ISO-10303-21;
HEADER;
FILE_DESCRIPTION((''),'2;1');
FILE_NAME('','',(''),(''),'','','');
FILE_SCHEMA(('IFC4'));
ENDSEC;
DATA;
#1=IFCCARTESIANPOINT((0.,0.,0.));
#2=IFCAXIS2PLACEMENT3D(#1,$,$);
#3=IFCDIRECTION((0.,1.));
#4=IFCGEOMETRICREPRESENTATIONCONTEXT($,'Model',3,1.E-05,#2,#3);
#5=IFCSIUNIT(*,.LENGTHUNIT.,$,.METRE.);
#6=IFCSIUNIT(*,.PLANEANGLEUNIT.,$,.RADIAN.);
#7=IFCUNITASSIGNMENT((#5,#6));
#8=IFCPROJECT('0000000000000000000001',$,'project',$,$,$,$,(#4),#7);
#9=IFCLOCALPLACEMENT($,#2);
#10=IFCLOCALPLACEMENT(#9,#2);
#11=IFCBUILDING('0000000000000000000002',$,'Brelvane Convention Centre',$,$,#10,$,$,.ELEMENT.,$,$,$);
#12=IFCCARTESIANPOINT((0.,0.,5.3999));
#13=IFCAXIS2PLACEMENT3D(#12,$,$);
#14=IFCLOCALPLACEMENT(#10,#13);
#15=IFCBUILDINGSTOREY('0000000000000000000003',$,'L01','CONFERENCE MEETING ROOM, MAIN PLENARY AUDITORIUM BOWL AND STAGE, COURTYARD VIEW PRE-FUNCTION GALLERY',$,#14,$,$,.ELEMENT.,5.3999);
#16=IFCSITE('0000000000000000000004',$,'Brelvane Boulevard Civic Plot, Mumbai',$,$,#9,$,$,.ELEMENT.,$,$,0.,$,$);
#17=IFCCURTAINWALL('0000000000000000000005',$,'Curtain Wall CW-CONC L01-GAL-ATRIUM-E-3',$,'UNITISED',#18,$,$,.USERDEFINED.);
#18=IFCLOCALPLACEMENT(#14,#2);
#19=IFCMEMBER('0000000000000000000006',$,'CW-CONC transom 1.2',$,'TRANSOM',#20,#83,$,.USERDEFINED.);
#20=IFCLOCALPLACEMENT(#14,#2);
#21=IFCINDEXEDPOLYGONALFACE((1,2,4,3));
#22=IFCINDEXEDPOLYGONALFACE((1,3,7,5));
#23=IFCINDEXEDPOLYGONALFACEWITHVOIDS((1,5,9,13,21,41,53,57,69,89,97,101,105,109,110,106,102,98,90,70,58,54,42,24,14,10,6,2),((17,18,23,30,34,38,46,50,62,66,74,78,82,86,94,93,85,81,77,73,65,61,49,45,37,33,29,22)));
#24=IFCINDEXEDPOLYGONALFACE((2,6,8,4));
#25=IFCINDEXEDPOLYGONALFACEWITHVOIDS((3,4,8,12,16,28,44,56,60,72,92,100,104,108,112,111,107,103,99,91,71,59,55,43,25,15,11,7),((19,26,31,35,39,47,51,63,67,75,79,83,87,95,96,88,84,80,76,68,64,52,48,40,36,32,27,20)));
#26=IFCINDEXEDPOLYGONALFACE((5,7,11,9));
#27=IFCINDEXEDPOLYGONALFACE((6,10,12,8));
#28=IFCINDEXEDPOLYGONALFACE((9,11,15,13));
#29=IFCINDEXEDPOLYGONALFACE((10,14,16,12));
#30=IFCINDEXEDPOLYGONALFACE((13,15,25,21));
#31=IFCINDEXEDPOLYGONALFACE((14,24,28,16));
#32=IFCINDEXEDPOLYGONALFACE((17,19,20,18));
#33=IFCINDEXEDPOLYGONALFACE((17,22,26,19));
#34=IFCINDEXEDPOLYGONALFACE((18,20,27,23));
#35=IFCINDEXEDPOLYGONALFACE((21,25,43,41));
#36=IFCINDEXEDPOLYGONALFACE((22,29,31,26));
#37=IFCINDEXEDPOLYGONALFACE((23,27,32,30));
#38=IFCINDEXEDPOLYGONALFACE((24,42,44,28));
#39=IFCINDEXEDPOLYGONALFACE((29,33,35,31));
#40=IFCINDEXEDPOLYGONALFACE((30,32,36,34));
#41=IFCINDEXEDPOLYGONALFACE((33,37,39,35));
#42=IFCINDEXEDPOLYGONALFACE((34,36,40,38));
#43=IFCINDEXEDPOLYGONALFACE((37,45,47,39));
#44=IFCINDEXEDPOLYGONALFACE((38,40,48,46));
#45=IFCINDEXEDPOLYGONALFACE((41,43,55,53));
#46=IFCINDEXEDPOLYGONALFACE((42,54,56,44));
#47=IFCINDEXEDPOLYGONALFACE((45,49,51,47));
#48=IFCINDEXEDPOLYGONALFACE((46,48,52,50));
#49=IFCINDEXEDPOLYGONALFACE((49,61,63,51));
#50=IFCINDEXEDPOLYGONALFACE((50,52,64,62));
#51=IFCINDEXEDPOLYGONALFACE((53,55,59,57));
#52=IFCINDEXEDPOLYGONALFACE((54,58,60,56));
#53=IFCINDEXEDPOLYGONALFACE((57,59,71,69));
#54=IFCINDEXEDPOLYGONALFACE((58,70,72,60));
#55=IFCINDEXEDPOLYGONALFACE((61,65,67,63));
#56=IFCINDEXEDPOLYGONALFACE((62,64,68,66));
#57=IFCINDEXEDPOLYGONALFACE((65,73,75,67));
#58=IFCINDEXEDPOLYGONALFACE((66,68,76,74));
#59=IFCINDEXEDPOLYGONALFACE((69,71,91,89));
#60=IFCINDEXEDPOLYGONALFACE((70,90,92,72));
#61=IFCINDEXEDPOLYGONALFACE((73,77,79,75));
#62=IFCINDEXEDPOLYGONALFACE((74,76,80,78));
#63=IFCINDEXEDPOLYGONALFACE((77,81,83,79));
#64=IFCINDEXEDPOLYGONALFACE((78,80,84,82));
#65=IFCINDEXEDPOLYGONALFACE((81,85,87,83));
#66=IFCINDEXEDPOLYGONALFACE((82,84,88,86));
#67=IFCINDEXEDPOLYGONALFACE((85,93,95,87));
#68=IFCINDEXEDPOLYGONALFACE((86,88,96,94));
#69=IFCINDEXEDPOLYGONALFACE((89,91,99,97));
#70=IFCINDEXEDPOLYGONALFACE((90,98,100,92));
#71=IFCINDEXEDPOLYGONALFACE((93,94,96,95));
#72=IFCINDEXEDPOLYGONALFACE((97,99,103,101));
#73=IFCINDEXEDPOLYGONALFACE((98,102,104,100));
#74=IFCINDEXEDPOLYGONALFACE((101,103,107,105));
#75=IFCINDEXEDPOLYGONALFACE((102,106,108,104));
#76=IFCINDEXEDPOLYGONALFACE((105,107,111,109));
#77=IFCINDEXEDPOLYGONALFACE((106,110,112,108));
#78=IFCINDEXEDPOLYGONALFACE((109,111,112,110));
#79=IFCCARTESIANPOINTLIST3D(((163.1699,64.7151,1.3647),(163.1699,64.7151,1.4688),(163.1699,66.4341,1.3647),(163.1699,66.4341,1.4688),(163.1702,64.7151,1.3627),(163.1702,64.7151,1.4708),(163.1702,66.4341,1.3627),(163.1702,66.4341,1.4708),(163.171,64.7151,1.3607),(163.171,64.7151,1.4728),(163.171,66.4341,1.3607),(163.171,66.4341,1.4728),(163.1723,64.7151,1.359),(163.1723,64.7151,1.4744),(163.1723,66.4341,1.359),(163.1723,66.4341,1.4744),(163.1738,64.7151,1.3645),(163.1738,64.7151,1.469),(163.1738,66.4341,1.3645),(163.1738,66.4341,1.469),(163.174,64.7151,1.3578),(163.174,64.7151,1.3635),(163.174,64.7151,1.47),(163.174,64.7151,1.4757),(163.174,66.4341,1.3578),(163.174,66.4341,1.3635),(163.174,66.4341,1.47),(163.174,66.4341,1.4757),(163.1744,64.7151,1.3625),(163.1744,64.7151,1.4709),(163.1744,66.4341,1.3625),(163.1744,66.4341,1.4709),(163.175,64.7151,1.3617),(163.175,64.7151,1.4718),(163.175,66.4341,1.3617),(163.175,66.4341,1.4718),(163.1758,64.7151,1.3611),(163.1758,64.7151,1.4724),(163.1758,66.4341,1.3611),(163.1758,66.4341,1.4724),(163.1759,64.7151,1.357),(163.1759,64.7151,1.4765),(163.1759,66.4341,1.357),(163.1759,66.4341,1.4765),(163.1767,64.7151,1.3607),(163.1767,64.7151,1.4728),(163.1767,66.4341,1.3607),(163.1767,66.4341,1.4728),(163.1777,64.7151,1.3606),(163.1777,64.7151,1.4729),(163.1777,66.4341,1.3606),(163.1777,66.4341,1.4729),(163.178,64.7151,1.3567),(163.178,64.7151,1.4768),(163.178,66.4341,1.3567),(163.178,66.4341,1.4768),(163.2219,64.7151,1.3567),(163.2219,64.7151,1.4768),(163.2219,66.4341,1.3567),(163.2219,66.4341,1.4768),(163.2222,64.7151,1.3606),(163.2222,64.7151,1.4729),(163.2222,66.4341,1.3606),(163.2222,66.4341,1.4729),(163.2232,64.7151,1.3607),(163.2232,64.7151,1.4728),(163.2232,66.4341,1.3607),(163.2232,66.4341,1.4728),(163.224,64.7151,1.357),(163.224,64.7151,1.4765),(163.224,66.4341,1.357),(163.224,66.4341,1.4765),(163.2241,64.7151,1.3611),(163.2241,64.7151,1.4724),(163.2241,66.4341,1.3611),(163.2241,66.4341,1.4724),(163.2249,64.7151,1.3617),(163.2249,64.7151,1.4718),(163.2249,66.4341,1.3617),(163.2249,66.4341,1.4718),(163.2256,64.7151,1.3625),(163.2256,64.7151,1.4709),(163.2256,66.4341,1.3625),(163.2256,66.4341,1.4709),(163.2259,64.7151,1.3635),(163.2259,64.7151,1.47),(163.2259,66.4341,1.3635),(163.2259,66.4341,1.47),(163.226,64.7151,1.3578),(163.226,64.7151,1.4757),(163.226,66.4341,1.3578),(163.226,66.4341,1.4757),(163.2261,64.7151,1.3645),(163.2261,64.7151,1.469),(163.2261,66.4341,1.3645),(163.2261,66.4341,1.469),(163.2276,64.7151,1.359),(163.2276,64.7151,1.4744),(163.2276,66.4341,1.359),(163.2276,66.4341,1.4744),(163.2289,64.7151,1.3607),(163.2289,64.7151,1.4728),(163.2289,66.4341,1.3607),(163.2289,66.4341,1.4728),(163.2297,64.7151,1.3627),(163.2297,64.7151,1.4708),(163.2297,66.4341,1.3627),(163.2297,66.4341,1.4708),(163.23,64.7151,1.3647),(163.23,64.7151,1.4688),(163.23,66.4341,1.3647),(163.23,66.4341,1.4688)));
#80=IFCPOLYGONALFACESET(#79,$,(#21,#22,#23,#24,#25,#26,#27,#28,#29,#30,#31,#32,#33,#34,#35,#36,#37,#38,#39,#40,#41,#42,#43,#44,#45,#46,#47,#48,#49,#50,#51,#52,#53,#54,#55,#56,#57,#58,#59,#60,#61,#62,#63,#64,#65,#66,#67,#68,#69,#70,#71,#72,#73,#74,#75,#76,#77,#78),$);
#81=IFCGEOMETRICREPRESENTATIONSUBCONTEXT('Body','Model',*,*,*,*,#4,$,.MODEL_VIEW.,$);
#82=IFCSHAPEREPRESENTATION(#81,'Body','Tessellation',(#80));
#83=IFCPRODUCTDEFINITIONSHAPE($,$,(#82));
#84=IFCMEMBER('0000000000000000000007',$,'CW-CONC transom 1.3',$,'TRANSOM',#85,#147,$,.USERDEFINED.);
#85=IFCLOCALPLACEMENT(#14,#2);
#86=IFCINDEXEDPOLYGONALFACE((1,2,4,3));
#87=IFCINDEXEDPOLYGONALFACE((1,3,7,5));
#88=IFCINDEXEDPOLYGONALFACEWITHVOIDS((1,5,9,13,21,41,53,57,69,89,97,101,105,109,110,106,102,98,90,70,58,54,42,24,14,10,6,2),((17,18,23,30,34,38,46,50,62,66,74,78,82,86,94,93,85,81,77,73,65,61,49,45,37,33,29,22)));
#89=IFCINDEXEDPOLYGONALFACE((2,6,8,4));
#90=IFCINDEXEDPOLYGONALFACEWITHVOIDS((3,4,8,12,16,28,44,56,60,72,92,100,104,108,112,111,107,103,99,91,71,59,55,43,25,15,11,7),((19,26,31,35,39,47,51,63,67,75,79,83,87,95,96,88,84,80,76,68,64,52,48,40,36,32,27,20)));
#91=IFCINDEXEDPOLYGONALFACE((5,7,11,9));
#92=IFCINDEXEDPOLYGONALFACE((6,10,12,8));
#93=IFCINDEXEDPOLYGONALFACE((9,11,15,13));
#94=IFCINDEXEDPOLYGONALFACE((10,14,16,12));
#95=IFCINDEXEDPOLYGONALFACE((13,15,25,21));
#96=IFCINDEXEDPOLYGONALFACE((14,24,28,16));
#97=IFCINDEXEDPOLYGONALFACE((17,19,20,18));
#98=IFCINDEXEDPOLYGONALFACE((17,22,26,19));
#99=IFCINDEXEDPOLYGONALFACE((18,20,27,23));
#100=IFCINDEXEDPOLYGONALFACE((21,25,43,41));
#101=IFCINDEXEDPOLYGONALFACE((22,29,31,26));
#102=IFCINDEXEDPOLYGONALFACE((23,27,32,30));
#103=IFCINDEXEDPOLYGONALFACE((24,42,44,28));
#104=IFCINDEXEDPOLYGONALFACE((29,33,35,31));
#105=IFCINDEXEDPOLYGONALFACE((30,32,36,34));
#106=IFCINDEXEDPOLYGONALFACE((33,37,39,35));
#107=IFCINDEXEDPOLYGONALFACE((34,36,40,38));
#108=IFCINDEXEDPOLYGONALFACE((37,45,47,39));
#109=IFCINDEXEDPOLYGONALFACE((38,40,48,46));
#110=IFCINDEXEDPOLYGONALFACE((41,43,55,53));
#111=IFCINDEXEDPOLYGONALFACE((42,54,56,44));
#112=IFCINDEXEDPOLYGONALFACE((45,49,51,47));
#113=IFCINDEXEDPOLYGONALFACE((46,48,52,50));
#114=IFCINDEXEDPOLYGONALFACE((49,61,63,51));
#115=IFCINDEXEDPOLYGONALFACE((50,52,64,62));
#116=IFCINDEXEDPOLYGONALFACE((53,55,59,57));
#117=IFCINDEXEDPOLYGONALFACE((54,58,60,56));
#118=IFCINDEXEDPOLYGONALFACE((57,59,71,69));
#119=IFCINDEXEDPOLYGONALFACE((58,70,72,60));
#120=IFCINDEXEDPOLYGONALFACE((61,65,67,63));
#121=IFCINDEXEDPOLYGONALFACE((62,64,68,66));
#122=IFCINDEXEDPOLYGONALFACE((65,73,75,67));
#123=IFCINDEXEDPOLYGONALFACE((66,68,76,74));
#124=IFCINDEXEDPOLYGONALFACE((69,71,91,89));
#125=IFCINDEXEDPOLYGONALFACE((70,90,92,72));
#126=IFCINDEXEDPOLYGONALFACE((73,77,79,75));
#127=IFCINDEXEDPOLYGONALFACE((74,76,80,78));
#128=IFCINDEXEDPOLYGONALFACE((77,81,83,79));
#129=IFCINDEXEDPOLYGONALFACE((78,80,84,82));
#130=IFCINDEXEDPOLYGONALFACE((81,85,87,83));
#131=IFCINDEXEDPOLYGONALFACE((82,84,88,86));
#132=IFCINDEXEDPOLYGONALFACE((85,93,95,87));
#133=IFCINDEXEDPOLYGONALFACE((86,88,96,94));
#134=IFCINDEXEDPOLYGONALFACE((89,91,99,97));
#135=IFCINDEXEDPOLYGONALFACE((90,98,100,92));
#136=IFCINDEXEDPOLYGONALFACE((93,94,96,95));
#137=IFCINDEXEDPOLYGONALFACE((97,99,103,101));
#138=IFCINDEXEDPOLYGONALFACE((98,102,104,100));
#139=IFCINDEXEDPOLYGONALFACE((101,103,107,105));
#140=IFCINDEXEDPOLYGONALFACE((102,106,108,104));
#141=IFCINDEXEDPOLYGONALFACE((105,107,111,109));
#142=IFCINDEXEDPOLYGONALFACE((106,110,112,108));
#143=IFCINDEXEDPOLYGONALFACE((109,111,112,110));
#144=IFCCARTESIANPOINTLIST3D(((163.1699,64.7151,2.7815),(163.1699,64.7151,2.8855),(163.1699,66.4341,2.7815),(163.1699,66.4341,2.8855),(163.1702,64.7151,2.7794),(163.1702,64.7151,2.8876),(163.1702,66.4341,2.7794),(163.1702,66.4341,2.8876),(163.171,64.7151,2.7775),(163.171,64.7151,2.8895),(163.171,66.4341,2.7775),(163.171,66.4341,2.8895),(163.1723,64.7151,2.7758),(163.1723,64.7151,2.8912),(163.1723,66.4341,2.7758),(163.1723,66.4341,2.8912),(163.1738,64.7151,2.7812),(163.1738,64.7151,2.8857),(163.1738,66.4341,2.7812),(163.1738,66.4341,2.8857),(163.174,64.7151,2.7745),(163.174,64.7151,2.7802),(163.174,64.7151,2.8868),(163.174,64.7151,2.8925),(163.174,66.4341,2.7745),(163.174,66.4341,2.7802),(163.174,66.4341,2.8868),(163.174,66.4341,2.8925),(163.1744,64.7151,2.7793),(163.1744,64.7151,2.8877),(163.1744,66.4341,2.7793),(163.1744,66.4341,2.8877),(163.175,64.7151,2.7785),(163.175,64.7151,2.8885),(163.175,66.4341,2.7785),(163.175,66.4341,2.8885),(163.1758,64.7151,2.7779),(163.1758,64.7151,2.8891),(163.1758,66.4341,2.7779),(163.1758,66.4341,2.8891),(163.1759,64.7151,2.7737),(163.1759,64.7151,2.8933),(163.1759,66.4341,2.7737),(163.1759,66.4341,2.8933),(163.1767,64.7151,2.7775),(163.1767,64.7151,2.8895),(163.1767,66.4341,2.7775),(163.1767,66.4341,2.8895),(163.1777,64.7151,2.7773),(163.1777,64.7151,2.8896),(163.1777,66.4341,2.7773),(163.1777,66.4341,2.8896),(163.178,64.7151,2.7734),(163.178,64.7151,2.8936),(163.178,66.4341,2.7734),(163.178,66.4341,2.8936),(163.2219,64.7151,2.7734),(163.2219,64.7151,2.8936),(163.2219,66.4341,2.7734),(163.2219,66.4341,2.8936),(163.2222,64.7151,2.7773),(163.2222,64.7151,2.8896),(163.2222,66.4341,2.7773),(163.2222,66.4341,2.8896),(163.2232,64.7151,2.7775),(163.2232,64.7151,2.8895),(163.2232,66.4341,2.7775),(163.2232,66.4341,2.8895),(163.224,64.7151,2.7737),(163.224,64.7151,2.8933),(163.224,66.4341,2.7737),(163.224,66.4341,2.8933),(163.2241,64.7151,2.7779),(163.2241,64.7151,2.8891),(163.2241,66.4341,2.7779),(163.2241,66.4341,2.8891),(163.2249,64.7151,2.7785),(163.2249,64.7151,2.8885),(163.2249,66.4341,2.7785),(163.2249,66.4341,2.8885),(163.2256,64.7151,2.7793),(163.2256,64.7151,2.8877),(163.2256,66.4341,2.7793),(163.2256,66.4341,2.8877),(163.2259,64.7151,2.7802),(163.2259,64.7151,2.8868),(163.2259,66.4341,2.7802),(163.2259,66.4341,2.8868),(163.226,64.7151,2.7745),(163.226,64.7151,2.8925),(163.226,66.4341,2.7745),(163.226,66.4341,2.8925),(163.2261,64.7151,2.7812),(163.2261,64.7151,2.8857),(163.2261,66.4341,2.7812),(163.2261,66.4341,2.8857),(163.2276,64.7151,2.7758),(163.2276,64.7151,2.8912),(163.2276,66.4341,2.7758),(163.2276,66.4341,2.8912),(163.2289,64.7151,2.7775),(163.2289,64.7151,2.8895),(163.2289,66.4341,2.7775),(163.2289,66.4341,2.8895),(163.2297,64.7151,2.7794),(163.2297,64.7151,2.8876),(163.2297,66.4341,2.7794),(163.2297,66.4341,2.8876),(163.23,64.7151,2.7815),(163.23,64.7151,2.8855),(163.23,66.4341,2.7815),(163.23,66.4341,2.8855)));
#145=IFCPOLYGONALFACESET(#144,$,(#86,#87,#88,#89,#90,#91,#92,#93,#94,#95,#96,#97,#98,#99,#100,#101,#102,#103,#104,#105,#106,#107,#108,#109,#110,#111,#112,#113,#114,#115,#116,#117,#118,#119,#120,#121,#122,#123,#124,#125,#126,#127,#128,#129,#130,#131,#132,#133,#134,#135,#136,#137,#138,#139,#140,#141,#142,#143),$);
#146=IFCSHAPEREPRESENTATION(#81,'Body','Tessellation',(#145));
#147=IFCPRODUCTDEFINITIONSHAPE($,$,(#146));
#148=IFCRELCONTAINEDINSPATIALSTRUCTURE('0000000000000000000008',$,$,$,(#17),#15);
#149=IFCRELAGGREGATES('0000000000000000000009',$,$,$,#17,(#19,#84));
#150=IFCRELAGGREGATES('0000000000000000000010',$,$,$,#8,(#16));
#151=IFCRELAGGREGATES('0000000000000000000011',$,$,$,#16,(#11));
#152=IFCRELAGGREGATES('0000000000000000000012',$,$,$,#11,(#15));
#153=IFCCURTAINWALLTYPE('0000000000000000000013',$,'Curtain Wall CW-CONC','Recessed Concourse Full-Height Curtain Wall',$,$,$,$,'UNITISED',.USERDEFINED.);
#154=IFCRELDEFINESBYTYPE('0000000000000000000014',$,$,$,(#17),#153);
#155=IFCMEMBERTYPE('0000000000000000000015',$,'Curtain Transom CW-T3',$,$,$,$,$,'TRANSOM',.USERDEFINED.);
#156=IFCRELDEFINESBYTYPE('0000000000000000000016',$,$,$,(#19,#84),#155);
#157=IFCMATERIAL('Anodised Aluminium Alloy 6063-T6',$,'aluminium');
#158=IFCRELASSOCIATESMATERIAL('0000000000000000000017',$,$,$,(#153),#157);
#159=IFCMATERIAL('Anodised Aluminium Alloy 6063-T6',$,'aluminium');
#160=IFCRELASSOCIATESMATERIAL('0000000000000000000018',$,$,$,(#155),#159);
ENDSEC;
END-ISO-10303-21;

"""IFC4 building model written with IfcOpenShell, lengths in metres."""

from ifc_helpers import new_model, si_unit, direction, frame, origin, origin_2d, place, context, subcontext, project, spatial, hollow_rectangle, extrude, material, material_profile, profile_set, type_object, element, aggregate, save


model = new_model("IFC4")

# Units and contexts
model_context = context("Model", 3, precision=1e-05, world=origin(), true_north=direction((0.0, 1.0)))
body_context = subcontext(model_context, "Body", "Model", "MODEL_VIEW")
ifc_project = project(units=[si_unit("LENGTHUNIT", "METRE"), si_unit("PLANEANGLEUNIT", "RADIAN")], contexts=[model_context])

# Site, building, storey
site_placement = place(None, origin())
site = spatial("IfcSite", under=ifc_project, at=site_placement, Name="Brelvane Boulevard Civic Plot, Mumbai", CompositionType="ELEMENT", RefElevation=0.0)
building_placement = place(site_placement, origin())
building = spatial("IfcBuilding", under=site, at=building_placement, Name="Brelvane Convention Centre", CompositionType="ELEMENT")
storey_placement = place(building_placement, frame((0.0, 0.0, 5.3999)))
storey = spatial("IfcBuildingStorey", under=building, at=storey_placement, Name="L01", Description="CONFERENCE MEETING ROOM, MAIN PLENARY AUDITORIUM BOWL AND STAGE, COURTYARD VIEW PRE-FUNCTION GALLERY", CompositionType="ELEMENT", Elevation=5.3999)

# Shared definitions
ifc_material_1 = material(Name="Anodised Aluminium Alloy 6063-T6", Category="aluminium")
curtain_wall_type = type_object("IfcCurtainWallType", Name="Curtain Wall CW-CONC", Description="Recessed Concourse Full-Height Curtain Wall", ElementType="UNITISED", PredefinedType="USERDEFINED", material=ifc_material_1)

# Curtain wall
curtain_wall_1_placement = place(storey_placement, origin())
curtain_wall_1 = element("IfcCurtainWall", 1, at=curtain_wall_1_placement, inside=storey, type_object=curtain_wall_type, Name="Curtain Wall CW-CONC L01-GAL-ATRIUM-E-3", ObjectType="UNITISED", PredefinedType="USERDEFINED")

# Members
ifc_material_2 = material(Name="Anodised Aluminium Alloy 6063-T6", Category="aluminium")
ifc_material_profile_1 = material_profile(ifc_material_2, hollow_rectangle(XDim=0.0601, YDim=0.1201, WallThickness=0.0039, InnerFilletRadius=0.0039, OuterFilletRadius=0.0081, at=origin_2d()), Name="ALU-T 120x60x4.0")
ifc_profile_set_1 = profile_set([ifc_material_profile_1], Name="Anodised Aluminium Alloy 6063-T6")
member_type_1 = type_object("IfcMemberType", Name="Curtain Transom CW-T3", ElementType="TRANSOM", PredefinedType="USERDEFINED", material=ifc_profile_set_1)
member_1_placement = place(storey_placement, frame((163.2, 64.7151, 1.4167), z_axis=(0.0, 1.0, 0.0), x_axis=(-1.0, 0.0, 0.0)))
member_1 = element("IfcMember", 2, at=member_1_placement, type_object=member_type_1, Name="CW-CONC transom 1.2", ObjectType="TRANSOM", PredefinedType="USERDEFINED", context=body_context, shape_type="SweptSolid", body=[
    extrude(hollow_rectangle(XDim=0.0601, YDim=0.1201, WallThickness=0.0039, InnerFilletRadius=0.0039, OuterFilletRadius=0.0081, at=origin_2d()), origin(), (0.0, 0.0, 1.0), 1.719),
])
member_2_placement = place(storey_placement, frame((163.2, 64.7151, 2.8335), z_axis=(0.0, 1.0, 0.0), x_axis=(-1.0, 0.0, 0.0)))
member_2 = element("IfcMember", 3, at=member_2_placement, type_object=member_type_1, Name="CW-CONC transom 1.3", ObjectType="TRANSOM", PredefinedType="USERDEFINED", context=body_context, shape_type="SweptSolid", body=[
    extrude(hollow_rectangle(XDim=0.0601, YDim=0.1201, WallThickness=0.0039, InnerFilletRadius=0.0039, OuterFilletRadius=0.0081, at=origin_2d()), origin(), (0.0, 0.0, 1.0), 1.719),
])
aggregate(curtain_wall_1, [member_1, member_2])

save(model, "model.ifc")
